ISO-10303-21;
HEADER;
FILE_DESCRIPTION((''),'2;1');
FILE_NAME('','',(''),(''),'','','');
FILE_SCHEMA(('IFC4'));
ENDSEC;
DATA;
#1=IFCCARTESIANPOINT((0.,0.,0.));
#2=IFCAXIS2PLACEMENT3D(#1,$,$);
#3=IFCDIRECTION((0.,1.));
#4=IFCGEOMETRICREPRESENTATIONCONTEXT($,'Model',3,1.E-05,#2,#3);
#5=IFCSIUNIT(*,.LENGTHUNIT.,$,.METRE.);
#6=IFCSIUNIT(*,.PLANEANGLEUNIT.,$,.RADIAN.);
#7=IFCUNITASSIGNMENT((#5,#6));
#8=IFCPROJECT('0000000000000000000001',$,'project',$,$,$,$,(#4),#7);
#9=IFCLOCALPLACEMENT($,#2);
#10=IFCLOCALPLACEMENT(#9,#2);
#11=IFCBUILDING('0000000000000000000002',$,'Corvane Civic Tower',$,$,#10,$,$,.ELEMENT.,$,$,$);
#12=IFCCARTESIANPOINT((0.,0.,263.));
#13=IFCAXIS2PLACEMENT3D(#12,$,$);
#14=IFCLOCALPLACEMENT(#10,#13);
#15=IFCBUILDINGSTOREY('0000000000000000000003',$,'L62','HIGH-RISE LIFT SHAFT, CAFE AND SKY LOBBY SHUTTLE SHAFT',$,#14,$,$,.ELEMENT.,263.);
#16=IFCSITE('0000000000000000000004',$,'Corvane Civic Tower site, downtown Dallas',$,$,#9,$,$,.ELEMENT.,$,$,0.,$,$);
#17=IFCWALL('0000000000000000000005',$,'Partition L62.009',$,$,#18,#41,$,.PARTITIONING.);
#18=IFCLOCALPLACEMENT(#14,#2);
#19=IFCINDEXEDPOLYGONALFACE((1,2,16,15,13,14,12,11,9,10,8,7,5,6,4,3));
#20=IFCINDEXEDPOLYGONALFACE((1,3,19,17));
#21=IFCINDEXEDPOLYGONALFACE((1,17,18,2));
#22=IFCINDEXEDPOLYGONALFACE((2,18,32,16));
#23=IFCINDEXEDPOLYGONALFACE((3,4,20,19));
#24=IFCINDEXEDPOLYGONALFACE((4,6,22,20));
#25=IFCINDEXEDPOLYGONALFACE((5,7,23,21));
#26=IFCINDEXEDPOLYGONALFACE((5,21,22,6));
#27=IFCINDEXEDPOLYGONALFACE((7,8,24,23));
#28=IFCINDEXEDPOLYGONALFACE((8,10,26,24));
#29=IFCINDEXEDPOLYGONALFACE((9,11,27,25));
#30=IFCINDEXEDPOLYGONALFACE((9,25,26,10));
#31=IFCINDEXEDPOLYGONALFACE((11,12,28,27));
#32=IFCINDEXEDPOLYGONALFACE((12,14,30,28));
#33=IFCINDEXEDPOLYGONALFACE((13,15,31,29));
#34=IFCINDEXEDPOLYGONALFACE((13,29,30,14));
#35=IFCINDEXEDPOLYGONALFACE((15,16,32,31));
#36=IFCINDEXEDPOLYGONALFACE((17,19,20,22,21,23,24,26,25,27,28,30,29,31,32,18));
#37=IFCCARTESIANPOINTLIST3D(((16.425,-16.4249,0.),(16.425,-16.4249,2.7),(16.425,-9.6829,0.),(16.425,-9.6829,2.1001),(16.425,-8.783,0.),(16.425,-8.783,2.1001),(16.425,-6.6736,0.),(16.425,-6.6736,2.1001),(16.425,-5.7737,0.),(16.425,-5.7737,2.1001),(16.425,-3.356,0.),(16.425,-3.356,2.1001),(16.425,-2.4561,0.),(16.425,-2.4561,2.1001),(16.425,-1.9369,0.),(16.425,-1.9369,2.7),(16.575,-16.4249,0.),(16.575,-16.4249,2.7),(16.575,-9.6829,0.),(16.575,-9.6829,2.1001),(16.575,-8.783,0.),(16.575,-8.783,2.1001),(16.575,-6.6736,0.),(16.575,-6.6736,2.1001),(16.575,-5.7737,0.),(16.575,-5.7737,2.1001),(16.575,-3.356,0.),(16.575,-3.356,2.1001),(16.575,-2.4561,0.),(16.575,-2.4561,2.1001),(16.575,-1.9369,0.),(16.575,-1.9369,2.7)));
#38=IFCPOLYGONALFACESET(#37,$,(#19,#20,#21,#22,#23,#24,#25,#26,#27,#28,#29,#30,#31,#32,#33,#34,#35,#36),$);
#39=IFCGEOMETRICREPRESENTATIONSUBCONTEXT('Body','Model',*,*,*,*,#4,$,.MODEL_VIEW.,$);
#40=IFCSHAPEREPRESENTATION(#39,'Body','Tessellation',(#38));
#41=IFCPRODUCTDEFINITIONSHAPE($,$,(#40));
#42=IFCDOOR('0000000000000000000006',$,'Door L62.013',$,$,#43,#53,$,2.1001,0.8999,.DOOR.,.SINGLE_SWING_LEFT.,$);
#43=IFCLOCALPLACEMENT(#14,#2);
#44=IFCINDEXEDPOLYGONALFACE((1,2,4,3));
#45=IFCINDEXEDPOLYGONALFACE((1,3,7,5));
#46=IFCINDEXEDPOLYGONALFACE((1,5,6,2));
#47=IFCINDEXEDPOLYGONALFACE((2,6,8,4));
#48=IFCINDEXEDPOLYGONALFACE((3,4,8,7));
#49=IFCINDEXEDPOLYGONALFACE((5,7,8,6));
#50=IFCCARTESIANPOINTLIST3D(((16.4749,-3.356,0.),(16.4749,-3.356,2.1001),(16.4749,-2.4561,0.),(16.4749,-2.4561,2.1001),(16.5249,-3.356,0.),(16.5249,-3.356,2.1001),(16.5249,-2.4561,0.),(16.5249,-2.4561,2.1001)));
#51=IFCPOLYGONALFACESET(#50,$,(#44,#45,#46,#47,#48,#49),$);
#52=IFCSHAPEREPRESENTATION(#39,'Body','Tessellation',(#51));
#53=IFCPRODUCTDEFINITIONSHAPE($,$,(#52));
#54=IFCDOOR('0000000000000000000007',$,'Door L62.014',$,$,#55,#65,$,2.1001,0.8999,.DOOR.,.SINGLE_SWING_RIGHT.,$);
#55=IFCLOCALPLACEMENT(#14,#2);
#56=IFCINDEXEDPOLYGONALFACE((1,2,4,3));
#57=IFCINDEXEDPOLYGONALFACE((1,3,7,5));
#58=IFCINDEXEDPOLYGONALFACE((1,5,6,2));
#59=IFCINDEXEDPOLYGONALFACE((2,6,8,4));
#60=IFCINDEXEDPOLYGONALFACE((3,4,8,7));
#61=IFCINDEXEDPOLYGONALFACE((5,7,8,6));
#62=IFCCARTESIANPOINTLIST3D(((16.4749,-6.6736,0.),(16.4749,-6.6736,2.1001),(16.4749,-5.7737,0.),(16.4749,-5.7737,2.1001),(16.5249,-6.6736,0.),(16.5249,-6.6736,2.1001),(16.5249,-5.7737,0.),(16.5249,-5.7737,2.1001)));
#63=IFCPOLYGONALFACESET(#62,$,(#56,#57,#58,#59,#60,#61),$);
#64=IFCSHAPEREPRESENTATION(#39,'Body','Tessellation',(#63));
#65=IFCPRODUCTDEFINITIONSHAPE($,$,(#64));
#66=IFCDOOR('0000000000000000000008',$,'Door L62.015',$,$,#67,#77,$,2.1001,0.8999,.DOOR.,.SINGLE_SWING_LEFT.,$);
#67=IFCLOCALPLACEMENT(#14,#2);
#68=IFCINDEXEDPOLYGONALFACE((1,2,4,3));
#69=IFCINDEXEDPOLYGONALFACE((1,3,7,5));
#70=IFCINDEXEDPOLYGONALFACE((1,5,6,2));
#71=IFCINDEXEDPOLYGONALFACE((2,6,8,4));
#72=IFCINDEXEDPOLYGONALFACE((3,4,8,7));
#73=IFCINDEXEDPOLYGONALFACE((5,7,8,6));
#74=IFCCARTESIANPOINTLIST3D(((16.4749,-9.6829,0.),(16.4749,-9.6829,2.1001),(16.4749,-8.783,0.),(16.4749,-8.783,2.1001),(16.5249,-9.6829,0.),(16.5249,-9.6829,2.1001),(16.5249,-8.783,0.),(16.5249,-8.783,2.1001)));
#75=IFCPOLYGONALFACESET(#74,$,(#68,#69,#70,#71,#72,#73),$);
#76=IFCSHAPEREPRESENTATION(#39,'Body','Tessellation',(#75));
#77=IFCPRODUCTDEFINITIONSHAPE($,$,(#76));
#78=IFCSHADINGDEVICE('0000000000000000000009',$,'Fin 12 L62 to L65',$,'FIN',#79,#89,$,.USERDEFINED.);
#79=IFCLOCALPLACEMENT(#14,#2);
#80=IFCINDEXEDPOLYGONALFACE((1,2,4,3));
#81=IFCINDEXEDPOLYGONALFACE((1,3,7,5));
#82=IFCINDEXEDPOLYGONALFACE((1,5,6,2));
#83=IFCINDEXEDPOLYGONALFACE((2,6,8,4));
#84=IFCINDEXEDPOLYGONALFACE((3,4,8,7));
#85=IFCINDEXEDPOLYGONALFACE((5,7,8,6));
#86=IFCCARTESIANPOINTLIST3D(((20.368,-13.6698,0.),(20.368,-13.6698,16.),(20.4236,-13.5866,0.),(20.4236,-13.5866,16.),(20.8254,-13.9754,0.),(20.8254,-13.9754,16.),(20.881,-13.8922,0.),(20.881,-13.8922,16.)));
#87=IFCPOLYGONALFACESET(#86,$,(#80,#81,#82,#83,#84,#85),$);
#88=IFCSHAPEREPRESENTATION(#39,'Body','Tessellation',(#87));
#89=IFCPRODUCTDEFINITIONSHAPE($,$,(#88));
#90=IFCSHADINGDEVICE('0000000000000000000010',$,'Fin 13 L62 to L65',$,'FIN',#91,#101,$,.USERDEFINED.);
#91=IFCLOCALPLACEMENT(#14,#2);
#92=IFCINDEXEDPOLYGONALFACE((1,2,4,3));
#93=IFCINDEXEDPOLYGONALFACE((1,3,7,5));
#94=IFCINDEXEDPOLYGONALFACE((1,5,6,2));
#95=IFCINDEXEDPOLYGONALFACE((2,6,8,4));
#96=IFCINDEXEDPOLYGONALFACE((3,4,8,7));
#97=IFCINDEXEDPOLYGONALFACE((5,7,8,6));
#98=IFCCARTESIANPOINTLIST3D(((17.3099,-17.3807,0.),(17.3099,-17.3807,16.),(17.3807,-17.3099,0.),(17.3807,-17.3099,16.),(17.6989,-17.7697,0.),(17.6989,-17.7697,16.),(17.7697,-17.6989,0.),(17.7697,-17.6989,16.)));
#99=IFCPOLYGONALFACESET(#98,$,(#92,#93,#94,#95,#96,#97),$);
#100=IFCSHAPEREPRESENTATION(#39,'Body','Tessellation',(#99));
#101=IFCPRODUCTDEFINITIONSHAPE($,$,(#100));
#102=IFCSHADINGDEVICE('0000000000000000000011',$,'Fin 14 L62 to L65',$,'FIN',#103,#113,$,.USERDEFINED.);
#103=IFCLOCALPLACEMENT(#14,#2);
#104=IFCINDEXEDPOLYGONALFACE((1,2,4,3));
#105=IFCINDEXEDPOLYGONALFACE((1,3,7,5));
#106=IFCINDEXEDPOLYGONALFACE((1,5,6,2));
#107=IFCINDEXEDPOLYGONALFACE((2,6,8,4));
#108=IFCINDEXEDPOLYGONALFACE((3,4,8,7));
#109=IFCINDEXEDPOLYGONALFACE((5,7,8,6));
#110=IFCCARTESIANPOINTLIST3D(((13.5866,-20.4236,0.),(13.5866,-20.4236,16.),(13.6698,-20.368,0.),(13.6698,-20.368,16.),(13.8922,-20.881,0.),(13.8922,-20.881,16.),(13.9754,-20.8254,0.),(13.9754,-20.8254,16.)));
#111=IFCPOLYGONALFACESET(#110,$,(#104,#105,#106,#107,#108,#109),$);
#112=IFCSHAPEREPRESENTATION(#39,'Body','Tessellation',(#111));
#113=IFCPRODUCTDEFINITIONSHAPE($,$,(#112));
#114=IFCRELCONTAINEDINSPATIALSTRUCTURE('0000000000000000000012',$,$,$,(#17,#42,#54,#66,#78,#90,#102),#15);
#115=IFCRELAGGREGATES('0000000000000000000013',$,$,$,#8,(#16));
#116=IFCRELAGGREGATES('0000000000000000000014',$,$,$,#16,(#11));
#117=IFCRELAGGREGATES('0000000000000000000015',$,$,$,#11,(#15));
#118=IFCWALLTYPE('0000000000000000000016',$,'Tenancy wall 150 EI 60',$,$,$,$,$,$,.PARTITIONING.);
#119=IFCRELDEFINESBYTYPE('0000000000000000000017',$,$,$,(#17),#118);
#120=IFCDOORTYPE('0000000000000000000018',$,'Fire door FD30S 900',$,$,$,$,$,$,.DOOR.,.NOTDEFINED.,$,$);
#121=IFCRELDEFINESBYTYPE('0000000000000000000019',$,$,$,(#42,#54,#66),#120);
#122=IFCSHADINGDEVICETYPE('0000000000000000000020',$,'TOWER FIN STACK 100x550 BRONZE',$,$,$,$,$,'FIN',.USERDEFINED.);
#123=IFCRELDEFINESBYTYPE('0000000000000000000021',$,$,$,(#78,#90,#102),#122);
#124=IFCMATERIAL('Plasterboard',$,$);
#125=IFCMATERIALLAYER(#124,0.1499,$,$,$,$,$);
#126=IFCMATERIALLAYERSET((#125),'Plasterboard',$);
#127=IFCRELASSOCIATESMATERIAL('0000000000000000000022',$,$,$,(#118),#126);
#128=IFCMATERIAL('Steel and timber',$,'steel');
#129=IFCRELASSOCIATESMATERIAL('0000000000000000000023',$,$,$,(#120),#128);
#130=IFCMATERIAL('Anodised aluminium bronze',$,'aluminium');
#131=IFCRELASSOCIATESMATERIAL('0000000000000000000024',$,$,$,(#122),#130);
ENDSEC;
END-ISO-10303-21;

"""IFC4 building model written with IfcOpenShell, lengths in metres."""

from ifc_helpers import new_model, si_unit, direction, frame, frame_2d, origin, origin_2d, place, context, subcontext, project, spatial, rectangle, extrude, material, layer, layer_set, material_profile, profile_set, type_object, element, fill, save


model = new_model("IFC4")

# Units and contexts
model_context = context("Model", 3, precision=1e-05, world=origin(), true_north=direction((0.0, 1.0)))
body_context = subcontext(model_context, "Body", "Model", "MODEL_VIEW")
ifc_project = project(units=[si_unit("LENGTHUNIT", "METRE"), si_unit("PLANEANGLEUNIT", "RADIAN")], contexts=[model_context])

# Site, building, storey
site_placement = place(None, origin())
site = spatial("IfcSite", under=ifc_project, at=site_placement, Name="Corvane Civic Tower site, downtown Dallas", CompositionType="ELEMENT", RefElevation=0.0)
building_placement = place(site_placement, origin())
building = spatial("IfcBuilding", under=site, at=building_placement, Name="Corvane Civic Tower", CompositionType="ELEMENT")
storey_placement = place(building_placement, frame((0.0, 0.0, 263.0)))
storey = spatial("IfcBuildingStorey", under=building, at=storey_placement, Name="L62", Description="HIGH-RISE LIFT SHAFT, CAFE AND SKY LOBBY SHUTTLE SHAFT", CompositionType="ELEMENT", Elevation=263.0)

# Wall, openings, doors
ifc_material_1 = material(Name="Plasterboard")
ifc_layer_1 = layer(ifc_material_1, 0.1499)
ifc_layer_set_1 = layer_set([ifc_layer_1], Name="Plasterboard")
wall_type_1 = type_object("IfcWallType", Name="Tenancy wall 150 EI 60", PredefinedType="PARTITIONING", material=ifc_layer_set_1)
wall_1_placement = place(storey_placement, frame((16.5, -16.425, 0.0), z_axis=(0.0, 0.0, 1.0), x_axis=(0.0, 1.0, 0.0)))
wall_1 = element("IfcWall", 1, at=wall_1_placement, inside=storey, type_object=wall_type_1, Name="Partition L62.009", PredefinedType="PARTITIONING", context=body_context, shape_type="SweptSolid", body=[
    extrude(rectangle(XDim=14.488, YDim=0.1499, at=frame_2d((7.2441, 0.0))), origin(), (0.0, 0.0, 1.0), 2.7),
])
opening_1_placement = place(wall_1_placement, frame((13.0691, 0.0, 0.0)))
opening_1 = element("IfcOpeningElement", 2, at=opening_1_placement, cuts=wall_1, PredefinedType="OPENING", context=body_context, shape_type="SweptSolid", body=[
    extrude(rectangle(XDim=0.8999, YDim=2.1001, at=frame_2d((0.45, 1.05))), frame((0.0, 0.085, 0.0), z_axis=(0.0, -1.0, 0.0), x_axis=(1.0, 0.0, 0.0)), (0.0, 0.0, 1.0), 0.1699),
])
opening_2_placement = place(wall_1_placement, frame((9.7515, 0.0, 0.0)))
opening_2 = element("IfcOpeningElement", 3, at=opening_2_placement, cuts=wall_1, PredefinedType="OPENING", context=body_context, shape_type="SweptSolid", body=[
    extrude(rectangle(XDim=0.8999, YDim=2.1001, at=frame_2d((0.45, 1.05))), frame((0.0, 0.085, 0.0), z_axis=(0.0, -1.0, 0.0), x_axis=(1.0, 0.0, 0.0)), (0.0, 0.0, 1.0), 0.1699),
])
opening_3_placement = place(wall_1_placement, frame((6.7422, 0.0, 0.0)))
opening_3 = element("IfcOpeningElement", 4, at=opening_3_placement, cuts=wall_1, PredefinedType="OPENING", context=body_context, shape_type="SweptSolid", body=[
    extrude(rectangle(XDim=0.8999, YDim=2.1001, at=frame_2d((0.45, 1.05))), frame((0.0, 0.085, 0.0), z_axis=(0.0, -1.0, 0.0), x_axis=(1.0, 0.0, 0.0)), (0.0, 0.0, 1.0), 0.1699),
])
ifc_material_2 = material(Name="Steel and timber", Category="steel")
door_type = type_object("IfcDoorType", Name="Fire door FD30S 900", OperationType="NOTDEFINED", PredefinedType="DOOR", material=ifc_material_2)
door_1_placement = place(opening_1_placement, frame((0.8999, 0.0, 0.0), z_axis=(0.0, 0.0, 1.0), x_axis=(-1.0, 0.0, 0.0)))
door_1 = element("IfcDoor", 5, at=door_1_placement, inside=storey, type_object=door_type, Name="Door L62.013", OperationType="SINGLE_SWING_LEFT", OverallHeight=2.1001, OverallWidth=0.8999, PredefinedType="DOOR", context=body_context, shape_type="SweptSolid", body=[
    extrude(rectangle(XDim=0.8999, YDim=2.1001, at=frame_2d((0.45, 1.05))), frame((0.0, 0.0249, 0.0), z_axis=(0.0, -1.0, 0.0), x_axis=(1.0, 0.0, 0.0)), (0.0, 0.0, 1.0), 0.05),
])
fill(opening_1, door_1)
door_2_placement = place(opening_2_placement, frame((0.8999, 0.0, 0.0), z_axis=(0.0, 0.0, 1.0), x_axis=(-1.0, 0.0, 0.0)))
door_2 = element("IfcDoor", 6, at=door_2_placement, inside=storey, type_object=door_type, Name="Door L62.014", OperationType="SINGLE_SWING_RIGHT", OverallHeight=2.1001, OverallWidth=0.8999, PredefinedType="DOOR", context=body_context, shape_type="SweptSolid", body=[
    extrude(rectangle(XDim=0.8999, YDim=2.1001, at=frame_2d((0.45, 1.05))), frame((0.0, 0.0249, 0.0), z_axis=(0.0, -1.0, 0.0), x_axis=(1.0, 0.0, 0.0)), (0.0, 0.0, 1.0), 0.05),
])
fill(opening_2, door_2)
door_3_placement = place(opening_3_placement, frame((0.8999, 0.0, 0.0), z_axis=(0.0, 0.0, 1.0), x_axis=(-1.0, 0.0, 0.0)))
door_3 = element("IfcDoor", 7, at=door_3_placement, inside=storey, type_object=door_type, Name="Door L62.015", OperationType="SINGLE_SWING_LEFT", OverallHeight=2.1001, OverallWidth=0.8999, PredefinedType="DOOR", context=body_context, shape_type="SweptSolid", body=[
    extrude(rectangle(XDim=0.8999, YDim=2.1001, at=frame_2d((0.45, 1.05))), frame((0.0, 0.0249, 0.0), z_axis=(0.0, -1.0, 0.0), x_axis=(1.0, 0.0, 0.0)), (0.0, 0.0, 1.0), 0.05),
])
fill(opening_3, door_3)

# Shading devices
ifc_material_3 = material(Name="Anodised aluminium bronze", Category="aluminium")
ifc_material_profile_1 = material_profile(ifc_material_3, rectangle(XDim=0.1001, YDim=0.55, at=origin_2d()), Name="TOWER FIN STACK 100x550 BRONZE")
ifc_profile_set_1 = profile_set([ifc_material_profile_1], Name="Anodised aluminium bronze")
shading_device_type = type_object("IfcShadingDeviceType", Name="TOWER FIN STACK 100x550 BRONZE", ElementType="FIN", PredefinedType="USERDEFINED", material=ifc_profile_set_1)
for number, where, z_axis, x_axis, name in (
    (8, (20.6245, -13.781, 0.0), (0.0, 0.0, 1.0), (-0.55557, -0.83147, 0.0), "Fin 12 L62 to L65"),
    (9, (17.5398, -17.5398, 0.0), (0.0, 0.0, 1.0), (-0.707107, -0.707107, 0.0), "Fin 13 L62 to L65"),
    (10, (13.781, -20.6245, 0.0), (0.0, 0.0, 1.0), (-0.83147, -0.55557, 0.0), "Fin 14 L62 to L65"),
):
    element("IfcShadingDevice", number, at=place(storey_placement, frame(where, z_axis=z_axis, x_axis=x_axis)), inside=storey, type_object=shading_device_type, Name=name, ObjectType="FIN", PredefinedType="USERDEFINED", context=body_context, shape_type="SweptSolid", body=[
        extrude(rectangle(XDim=0.1001, YDim=0.55, at=origin_2d()), origin(), (0.0, 0.0, 1.0), 16.0),
    ])

save(model, "model.ifc")
